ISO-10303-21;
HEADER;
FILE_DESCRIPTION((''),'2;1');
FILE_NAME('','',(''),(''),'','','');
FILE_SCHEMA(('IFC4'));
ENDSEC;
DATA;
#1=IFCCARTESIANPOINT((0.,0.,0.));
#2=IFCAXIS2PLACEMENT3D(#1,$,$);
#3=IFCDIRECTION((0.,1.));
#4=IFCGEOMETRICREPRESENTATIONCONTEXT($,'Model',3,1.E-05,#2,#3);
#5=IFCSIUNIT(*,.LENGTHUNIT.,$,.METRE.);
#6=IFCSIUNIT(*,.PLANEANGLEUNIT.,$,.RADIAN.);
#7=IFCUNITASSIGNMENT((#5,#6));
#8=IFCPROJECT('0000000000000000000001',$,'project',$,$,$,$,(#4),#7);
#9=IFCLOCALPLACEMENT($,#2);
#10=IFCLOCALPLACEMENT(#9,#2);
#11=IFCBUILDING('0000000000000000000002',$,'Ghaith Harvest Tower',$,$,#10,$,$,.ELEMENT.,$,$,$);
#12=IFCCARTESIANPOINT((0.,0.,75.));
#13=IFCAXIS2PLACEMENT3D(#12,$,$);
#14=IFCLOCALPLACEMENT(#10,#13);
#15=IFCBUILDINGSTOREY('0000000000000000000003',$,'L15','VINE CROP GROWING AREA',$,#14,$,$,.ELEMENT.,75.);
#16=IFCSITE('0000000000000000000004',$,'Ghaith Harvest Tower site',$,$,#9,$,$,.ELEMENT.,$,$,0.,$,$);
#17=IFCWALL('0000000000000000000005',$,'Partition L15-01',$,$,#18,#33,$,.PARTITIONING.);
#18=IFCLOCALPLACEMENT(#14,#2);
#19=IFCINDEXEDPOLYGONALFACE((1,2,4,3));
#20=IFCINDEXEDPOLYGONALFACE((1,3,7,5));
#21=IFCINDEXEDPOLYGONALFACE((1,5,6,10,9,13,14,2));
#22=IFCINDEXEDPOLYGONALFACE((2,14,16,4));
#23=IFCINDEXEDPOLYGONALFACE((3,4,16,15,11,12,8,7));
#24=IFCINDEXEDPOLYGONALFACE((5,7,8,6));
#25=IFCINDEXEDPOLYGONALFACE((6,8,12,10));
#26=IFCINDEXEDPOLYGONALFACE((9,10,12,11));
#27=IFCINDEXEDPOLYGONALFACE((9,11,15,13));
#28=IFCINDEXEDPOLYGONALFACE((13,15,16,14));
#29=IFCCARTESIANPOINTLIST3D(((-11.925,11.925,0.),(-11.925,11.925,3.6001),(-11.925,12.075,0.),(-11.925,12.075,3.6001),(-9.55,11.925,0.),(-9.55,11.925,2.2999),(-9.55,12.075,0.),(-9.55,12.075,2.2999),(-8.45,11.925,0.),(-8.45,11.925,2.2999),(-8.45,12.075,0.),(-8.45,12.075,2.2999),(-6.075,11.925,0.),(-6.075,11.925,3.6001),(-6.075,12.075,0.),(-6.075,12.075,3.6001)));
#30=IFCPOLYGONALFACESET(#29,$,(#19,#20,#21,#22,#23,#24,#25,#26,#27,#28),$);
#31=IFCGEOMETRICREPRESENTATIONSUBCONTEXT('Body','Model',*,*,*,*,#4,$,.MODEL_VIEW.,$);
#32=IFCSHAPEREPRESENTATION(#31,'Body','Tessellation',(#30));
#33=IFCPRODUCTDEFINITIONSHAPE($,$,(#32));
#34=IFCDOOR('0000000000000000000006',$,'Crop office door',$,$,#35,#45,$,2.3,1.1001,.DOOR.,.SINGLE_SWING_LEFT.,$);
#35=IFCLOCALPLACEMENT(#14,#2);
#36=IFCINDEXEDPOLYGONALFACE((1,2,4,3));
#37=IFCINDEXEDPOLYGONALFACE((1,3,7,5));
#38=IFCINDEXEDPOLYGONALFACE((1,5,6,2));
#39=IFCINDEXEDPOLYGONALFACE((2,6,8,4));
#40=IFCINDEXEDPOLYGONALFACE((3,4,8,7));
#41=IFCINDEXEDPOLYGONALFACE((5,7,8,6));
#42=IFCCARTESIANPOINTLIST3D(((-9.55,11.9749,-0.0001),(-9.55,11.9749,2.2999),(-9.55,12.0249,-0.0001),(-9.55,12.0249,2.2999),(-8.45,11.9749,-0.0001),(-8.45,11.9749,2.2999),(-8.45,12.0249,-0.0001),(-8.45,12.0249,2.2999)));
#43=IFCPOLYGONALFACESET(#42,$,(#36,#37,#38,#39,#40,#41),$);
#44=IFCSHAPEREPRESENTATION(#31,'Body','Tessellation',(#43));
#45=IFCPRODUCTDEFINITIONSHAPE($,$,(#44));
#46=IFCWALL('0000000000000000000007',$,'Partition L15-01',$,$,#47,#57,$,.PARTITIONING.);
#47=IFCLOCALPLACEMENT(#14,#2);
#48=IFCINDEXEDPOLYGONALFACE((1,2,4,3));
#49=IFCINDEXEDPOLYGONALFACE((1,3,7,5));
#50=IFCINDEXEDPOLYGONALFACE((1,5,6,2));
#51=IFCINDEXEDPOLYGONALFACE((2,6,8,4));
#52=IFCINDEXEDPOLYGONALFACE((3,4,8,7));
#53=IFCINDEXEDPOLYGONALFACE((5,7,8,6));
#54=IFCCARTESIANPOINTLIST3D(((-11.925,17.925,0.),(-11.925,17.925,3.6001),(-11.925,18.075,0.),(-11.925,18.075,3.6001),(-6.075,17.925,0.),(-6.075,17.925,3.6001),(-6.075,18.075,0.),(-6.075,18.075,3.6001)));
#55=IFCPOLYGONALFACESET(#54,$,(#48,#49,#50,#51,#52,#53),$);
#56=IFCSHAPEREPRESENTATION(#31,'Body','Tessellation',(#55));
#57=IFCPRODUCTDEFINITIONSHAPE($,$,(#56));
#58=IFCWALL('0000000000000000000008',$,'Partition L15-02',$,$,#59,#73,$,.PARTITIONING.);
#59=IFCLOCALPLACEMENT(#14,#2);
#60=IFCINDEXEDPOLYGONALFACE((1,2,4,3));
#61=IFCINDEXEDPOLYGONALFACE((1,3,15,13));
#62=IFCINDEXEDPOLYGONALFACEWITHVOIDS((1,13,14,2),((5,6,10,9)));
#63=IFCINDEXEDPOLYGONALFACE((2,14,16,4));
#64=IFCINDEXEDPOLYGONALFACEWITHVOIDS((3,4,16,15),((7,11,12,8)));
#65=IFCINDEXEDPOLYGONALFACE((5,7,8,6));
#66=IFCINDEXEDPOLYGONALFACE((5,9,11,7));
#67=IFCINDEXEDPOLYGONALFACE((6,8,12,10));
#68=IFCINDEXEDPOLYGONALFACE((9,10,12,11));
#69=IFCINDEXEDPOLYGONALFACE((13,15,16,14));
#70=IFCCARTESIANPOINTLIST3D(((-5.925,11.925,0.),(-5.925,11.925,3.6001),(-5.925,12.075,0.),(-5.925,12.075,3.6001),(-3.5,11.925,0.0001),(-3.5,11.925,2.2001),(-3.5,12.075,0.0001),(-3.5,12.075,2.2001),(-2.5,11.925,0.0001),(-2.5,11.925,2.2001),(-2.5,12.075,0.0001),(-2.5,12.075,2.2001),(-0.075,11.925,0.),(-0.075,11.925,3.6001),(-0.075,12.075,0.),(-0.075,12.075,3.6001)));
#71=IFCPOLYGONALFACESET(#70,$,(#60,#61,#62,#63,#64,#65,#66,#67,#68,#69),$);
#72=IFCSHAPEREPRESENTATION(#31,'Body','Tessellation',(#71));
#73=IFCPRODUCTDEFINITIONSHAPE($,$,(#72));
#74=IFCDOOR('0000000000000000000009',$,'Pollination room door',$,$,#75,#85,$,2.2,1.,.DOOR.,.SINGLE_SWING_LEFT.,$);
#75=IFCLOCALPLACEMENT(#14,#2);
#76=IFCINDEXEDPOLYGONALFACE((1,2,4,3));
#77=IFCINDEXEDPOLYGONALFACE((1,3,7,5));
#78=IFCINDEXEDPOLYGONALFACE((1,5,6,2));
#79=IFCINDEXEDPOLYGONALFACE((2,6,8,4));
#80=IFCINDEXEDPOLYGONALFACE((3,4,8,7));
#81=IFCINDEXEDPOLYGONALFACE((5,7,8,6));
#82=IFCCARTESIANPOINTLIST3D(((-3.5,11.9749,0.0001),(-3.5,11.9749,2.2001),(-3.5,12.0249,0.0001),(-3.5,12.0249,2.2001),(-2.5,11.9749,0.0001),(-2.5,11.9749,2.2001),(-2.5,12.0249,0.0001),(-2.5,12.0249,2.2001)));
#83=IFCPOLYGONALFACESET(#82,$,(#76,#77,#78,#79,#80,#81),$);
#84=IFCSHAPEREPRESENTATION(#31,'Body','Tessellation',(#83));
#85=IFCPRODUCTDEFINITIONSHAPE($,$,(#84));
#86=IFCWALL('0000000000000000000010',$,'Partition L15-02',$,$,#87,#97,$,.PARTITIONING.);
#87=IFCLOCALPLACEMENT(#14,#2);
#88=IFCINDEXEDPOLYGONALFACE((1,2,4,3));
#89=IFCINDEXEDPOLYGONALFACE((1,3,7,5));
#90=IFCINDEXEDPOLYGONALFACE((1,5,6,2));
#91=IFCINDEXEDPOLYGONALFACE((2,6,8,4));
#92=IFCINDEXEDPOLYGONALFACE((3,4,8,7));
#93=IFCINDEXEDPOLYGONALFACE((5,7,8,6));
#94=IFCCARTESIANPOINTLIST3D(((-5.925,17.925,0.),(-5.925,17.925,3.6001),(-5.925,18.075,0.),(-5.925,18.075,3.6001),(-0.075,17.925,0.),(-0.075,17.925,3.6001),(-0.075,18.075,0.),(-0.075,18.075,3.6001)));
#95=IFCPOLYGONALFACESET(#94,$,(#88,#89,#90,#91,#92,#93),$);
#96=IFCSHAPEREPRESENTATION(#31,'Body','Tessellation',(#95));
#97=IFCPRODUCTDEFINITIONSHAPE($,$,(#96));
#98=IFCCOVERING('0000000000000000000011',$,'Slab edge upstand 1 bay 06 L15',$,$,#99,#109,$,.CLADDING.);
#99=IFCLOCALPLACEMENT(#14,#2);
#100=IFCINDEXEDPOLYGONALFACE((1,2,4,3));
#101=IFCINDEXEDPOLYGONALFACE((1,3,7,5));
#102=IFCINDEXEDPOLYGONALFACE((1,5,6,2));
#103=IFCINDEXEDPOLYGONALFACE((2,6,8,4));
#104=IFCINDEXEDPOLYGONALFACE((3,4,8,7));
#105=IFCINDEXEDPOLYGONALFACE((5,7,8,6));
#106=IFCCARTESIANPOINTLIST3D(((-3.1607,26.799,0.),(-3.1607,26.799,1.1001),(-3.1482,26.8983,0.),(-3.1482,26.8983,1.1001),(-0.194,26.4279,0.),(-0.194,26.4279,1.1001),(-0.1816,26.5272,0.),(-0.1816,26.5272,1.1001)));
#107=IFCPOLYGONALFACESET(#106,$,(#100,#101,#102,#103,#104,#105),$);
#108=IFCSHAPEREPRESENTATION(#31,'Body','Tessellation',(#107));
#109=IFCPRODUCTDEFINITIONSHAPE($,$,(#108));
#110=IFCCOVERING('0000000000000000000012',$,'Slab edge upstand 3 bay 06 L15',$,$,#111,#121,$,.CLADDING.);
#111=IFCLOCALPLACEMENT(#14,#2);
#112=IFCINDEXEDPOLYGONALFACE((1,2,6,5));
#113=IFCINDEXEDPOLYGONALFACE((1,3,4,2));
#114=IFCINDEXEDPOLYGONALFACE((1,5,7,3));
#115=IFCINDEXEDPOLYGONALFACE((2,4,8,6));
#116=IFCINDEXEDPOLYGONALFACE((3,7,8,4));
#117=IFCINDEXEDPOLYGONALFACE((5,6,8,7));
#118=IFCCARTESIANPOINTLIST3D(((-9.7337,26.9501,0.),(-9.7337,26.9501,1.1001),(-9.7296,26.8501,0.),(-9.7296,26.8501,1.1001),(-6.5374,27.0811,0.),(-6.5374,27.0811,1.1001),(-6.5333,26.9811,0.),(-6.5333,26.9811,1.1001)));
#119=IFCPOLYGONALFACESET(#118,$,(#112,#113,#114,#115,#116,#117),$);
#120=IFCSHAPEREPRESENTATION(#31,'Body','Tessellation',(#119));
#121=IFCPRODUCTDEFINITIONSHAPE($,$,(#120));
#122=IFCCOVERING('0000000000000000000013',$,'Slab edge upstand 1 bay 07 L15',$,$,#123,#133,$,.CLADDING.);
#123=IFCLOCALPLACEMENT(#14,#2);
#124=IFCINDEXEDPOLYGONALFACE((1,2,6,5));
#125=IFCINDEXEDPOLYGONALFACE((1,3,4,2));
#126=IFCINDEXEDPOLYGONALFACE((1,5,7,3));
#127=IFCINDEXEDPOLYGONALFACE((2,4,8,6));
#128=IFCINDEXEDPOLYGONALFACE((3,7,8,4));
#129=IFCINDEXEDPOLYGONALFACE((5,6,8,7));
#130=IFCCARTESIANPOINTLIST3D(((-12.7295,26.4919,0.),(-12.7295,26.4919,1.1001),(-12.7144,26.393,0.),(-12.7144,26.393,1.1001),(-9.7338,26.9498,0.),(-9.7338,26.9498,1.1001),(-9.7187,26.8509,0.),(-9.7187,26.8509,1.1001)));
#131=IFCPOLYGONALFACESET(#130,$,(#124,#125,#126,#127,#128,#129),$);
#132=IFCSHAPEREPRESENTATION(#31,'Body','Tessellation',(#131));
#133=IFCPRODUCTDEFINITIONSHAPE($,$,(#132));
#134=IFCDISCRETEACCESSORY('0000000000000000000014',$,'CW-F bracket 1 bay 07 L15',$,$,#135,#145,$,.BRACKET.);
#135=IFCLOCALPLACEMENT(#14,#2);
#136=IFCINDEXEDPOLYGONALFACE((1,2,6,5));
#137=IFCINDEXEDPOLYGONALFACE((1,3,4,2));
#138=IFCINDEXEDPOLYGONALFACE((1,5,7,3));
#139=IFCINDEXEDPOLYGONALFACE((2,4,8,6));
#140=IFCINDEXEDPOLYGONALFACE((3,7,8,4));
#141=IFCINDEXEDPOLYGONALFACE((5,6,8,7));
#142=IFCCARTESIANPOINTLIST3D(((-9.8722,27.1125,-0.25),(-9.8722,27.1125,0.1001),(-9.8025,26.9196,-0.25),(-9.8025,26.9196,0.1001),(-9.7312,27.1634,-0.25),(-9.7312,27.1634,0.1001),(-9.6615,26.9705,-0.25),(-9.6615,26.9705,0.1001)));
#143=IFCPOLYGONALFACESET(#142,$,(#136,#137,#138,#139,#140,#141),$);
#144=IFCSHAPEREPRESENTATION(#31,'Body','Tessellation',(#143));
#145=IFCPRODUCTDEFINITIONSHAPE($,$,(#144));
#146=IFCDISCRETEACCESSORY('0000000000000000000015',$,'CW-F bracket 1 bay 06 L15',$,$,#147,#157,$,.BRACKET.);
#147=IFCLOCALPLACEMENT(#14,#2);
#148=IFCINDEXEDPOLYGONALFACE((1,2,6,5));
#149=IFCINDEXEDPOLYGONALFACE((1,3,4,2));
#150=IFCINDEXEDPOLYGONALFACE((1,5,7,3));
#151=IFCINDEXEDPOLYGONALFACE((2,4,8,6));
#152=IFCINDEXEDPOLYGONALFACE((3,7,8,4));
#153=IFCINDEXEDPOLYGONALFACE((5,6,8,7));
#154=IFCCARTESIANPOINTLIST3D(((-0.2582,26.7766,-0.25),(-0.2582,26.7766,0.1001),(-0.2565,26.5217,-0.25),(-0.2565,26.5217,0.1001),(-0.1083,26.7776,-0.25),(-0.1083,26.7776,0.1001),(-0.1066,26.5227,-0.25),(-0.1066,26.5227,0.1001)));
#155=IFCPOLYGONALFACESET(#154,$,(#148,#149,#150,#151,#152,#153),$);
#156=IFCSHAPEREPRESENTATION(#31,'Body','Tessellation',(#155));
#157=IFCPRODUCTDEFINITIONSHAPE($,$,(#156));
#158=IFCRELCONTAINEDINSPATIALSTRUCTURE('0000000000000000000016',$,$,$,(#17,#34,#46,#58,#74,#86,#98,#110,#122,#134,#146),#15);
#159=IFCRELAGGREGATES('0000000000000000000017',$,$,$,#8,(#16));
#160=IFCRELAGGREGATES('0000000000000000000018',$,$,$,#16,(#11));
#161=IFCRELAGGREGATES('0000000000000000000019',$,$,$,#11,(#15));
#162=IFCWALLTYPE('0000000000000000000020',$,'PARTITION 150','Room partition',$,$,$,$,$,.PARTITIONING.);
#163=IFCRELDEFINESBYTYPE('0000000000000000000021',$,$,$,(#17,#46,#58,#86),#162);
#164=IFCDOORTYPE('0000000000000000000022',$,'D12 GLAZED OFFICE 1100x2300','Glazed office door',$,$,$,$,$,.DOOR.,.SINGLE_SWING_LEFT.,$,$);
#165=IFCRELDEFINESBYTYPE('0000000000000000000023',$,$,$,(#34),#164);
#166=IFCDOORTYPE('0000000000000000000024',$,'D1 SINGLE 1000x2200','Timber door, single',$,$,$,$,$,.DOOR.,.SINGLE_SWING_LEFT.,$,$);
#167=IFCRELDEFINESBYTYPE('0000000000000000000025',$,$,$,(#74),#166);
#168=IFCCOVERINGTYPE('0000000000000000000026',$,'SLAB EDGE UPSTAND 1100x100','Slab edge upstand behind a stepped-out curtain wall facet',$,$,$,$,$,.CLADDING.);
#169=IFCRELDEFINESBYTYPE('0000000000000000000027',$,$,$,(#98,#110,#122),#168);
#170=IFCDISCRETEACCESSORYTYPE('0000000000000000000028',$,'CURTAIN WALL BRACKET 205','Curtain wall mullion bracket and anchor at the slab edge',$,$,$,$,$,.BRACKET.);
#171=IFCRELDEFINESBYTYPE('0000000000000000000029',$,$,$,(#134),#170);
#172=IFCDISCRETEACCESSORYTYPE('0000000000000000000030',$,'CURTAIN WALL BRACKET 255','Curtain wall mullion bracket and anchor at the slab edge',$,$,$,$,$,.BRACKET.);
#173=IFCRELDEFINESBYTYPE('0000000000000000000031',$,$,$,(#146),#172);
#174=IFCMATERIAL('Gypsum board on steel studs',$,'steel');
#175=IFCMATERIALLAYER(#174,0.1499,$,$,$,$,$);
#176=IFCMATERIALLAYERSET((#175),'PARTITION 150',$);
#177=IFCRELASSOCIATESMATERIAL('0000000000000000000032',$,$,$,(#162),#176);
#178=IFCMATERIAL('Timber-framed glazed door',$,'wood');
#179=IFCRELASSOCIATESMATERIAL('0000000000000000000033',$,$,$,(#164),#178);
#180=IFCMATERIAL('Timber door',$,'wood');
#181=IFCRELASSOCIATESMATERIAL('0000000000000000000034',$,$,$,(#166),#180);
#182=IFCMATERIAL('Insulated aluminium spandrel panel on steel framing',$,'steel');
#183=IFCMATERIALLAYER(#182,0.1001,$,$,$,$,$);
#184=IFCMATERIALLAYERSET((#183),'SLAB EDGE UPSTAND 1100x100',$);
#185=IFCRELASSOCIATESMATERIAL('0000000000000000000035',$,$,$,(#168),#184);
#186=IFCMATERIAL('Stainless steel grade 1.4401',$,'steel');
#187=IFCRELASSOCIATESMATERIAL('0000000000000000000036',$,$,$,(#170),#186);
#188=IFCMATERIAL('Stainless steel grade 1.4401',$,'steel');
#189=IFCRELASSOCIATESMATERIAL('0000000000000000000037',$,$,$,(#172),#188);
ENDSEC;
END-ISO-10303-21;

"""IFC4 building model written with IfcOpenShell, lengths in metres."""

from ifc_helpers import new_model, si_unit, direction, frame, frame_2d, origin, origin_2d, place, context, subcontext, project, spatial, rectangle, extrude, material, layer, layer_set, type_object, element, fill, save


model = new_model("IFC4")

# Units and contexts
model_context = context("Model", 3, precision=1e-05, world=origin(), true_north=direction((0.0, 1.0)))
body_context = subcontext(model_context, "Body", "Model", "MODEL_VIEW")
ifc_project = project(units=[si_unit("LENGTHUNIT", "METRE"), si_unit("PLANEANGLEUNIT", "RADIAN")], contexts=[model_context])

# Site, building, storey
site_placement = place(None, origin())
site = spatial("IfcSite", under=ifc_project, at=site_placement, Name="Ghaith Harvest Tower site", CompositionType="ELEMENT", RefElevation=0.0)
building_placement = place(site_placement, origin())
building = spatial("IfcBuilding", under=site, at=building_placement, Name="Ghaith Harvest Tower", CompositionType="ELEMENT")
storey_placement = place(building_placement, frame((0.0, 0.0, 75.0)))
storey = spatial("IfcBuildingStorey", under=building, at=storey_placement, Name="L15", Description="VINE CROP GROWING AREA", CompositionType="ELEMENT", Elevation=75.0)

# Shared definitions
ifc_material_1 = material(Name="Gypsum board on steel studs", Category="steel")
ifc_layer_1 = layer(ifc_material_1, 0.1499)
ifc_layer_set_1 = layer_set([ifc_layer_1], Name="PARTITION 150")
wall_type = type_object("IfcWallType", Name="PARTITION 150", Description="Room partition", PredefinedType="PARTITIONING", material=ifc_layer_set_1)

# Wall, opening, door
wall_1_placement = place(storey_placement, frame((-11.925, 12.0, 0.0), z_axis=(0.0, 0.0, 1.0), x_axis=(1.0, 0.0, 0.0)))
wall_1 = element("IfcWall", 1, at=wall_1_placement, inside=storey, type_object=wall_type, Name="Partition L15-01", PredefinedType="PARTITIONING", context=body_context, shape_type="SweptSolid", body=[
    extrude(rectangle(XDim=5.8501, YDim=0.1499, at=frame_2d((2.925, 0.0))), origin(), (0.0, 0.0, 1.0), 3.6001),
])
opening_1_placement = place(wall_1_placement, frame((2.375, 0.0, 0.0)))
opening_1 = element("IfcOpeningElement", 2, at=opening_1_placement, cuts=wall_1, PredefinedType="OPENING", context=body_context, shape_type="SweptSolid", body=[
    extrude(rectangle(XDim=1.1001, YDim=2.3, at=frame_2d((0.55, 1.1499))), frame((0.0, 0.085, 0.0), z_axis=(0.0, -1.0, 0.0), x_axis=(1.0, 0.0, 0.0)), (0.0, 0.0, 1.0), 0.1699),
])
ifc_material_2 = material(Name="Timber-framed glazed door", Category="wood")
door_type_1 = type_object("IfcDoorType", Name="D12 GLAZED OFFICE 1100x2300", Description="Glazed office door", OperationType="SINGLE_SWING_LEFT", PredefinedType="DOOR", material=ifc_material_2)
door_1_placement = place(opening_1_placement, origin())
door_1 = element("IfcDoor", 3, at=door_1_placement, inside=storey, type_object=door_type_1, Name="Crop office door", OperationType="SINGLE_SWING_LEFT", OverallHeight=2.3, OverallWidth=1.1001, PredefinedType="DOOR", context=body_context, shape_type="SweptSolid", body=[
    extrude(rectangle(XDim=1.1001, YDim=2.3, at=frame_2d((0.55, 1.1499))), frame((0.0, 0.0249, 0.0), z_axis=(0.0, -1.0, 0.0), x_axis=(1.0, 0.0, 0.0)), (0.0, 0.0, 1.0), 0.05),
])
fill(opening_1, door_1)

# Wall
wall_2_placement = place(storey_placement, frame((-11.925, 18.0, 0.0), z_axis=(0.0, 0.0, 1.0), x_axis=(1.0, 0.0, 0.0)))
element("IfcWall", 4, at=wall_2_placement, inside=storey, type_object=wall_type, Name="Partition L15-01", PredefinedType="PARTITIONING", context=body_context, shape_type="SweptSolid", body=[
    extrude(rectangle(XDim=5.8501, YDim=0.1499, at=frame_2d((2.925, 0.0))), origin(), (0.0, 0.0, 1.0), 3.6001),
])

# Wall, opening, door
wall_3_placement = place(storey_placement, frame((-5.925, 12.0, 0.0), z_axis=(0.0, 0.0, 1.0), x_axis=(1.0, 0.0, 0.0)))
wall_3 = element("IfcWall", 5, at=wall_3_placement, inside=storey, type_object=wall_type, Name="Partition L15-02", PredefinedType="PARTITIONING", context=body_context, shape_type="SweptSolid", body=[
    extrude(rectangle(XDim=5.8501, YDim=0.1499, at=frame_2d((2.925, 0.0))), origin(), (0.0, 0.0, 1.0), 3.6001),
])
opening_2_placement = place(wall_3_placement, frame((2.425, 0.0, 0.0)))
opening_2 = element("IfcOpeningElement", 6, at=opening_2_placement, cuts=wall_3, PredefinedType="OPENING", context=body_context, shape_type="SweptSolid", body=[
    extrude(rectangle(XDim=1.0, YDim=2.2, at=frame_2d((0.5, 1.1001))), frame((0.0, 0.085, 0.0), z_axis=(0.0, -1.0, 0.0), x_axis=(1.0, 0.0, 0.0)), (0.0, 0.0, 1.0), 0.1699),
])
ifc_material_3 = material(Name="Timber door", Category="wood")
door_type_2 = type_object("IfcDoorType", Name="D1 SINGLE 1000x2200", Description="Timber door, single", OperationType="SINGLE_SWING_LEFT", PredefinedType="DOOR", material=ifc_material_3)
door_2_placement = place(opening_2_placement, origin())
door_2 = element("IfcDoor", 7, at=door_2_placement, inside=storey, type_object=door_type_2, Name="Pollination room door", OperationType="SINGLE_SWING_LEFT", OverallHeight=2.2, OverallWidth=1.0, PredefinedType="DOOR", context=body_context, shape_type="SweptSolid", body=[
    extrude(rectangle(XDim=1.0, YDim=2.2, at=frame_2d((0.5, 1.1001))), frame((0.0, 0.0249, 0.0), z_axis=(0.0, -1.0, 0.0), x_axis=(1.0, 0.0, 0.0)), (0.0, 0.0, 1.0), 0.05),
])
fill(opening_2, door_2)

# Wall
wall_4_placement = place(storey_placement, frame((-5.925, 18.0, 0.0), z_axis=(0.0, 0.0, 1.0), x_axis=(1.0, 0.0, 0.0)))
element("IfcWall", 8, at=wall_4_placement, inside=storey, type_object=wall_type, Name="Partition L15-02", PredefinedType="PARTITIONING", context=body_context, shape_type="SweptSolid", body=[
    extrude(rectangle(XDim=5.8501, YDim=0.1499, at=frame_2d((2.925, 0.0))), origin(), (0.0, 0.0, 1.0), 3.6001),
])

# Coverings
ifc_material_4 = material(Name="Insulated aluminium spandrel panel on steel framing", Category="steel")
ifc_layer_2 = layer(ifc_material_4, 0.1001)
ifc_layer_set_2 = layer_set([ifc_layer_2], Name="SLAB EDGE UPSTAND 1100x100")
covering_type = type_object("IfcCoveringType", Name="SLAB EDGE UPSTAND 1100x100", Description="Slab edge upstand behind a stepped-out curtain wall facet", PredefinedType="CLADDING", material=ifc_layer_set_2)
covering_1_placement = place(storey_placement, frame((-1.6711, 26.6631, 0.0), z_axis=(0.0, 0.0, 1.0), x_axis=(-0.992265, 0.124139, 0.0)))
element("IfcCovering", 9, at=covering_1_placement, inside=storey, type_object=covering_type, Name="Slab edge upstand 1 bay 06 L15", PredefinedType="CLADDING", context=body_context, shape_type="SweptSolid", body=[
    extrude(rectangle(XDim=2.9897, YDim=0.1001, at=origin_2d()), origin(), (0.0, 0.0, 1.0), 1.1001),
])
covering_2_placement = place(storey_placement, frame((-8.1335, 26.9656, 0.0), z_axis=(0.0, 0.0, 1.0), x_axis=(-0.999161, -0.040957, 0.0)))
element("IfcCovering", 10, at=covering_2_placement, inside=storey, type_object=covering_type, Name="Slab edge upstand 3 bay 06 L15", PredefinedType="CLADDING", context=body_context, shape_type="SweptSolid", body=[
    extrude(rectangle(XDim=3.199, YDim=0.1001, at=origin_2d()), origin(), (0.0, 0.0, 1.0), 1.1001),
])
covering_3_placement = place(storey_placement, frame((-11.2241, 26.6714, 0.0), z_axis=(0.0, 0.0, 1.0), x_axis=(-0.988518, -0.151104, 0.0)))
element("IfcCovering", 11, at=covering_3_placement, inside=storey, type_object=covering_type, Name="Slab edge upstand 1 bay 07 L15", PredefinedType="CLADDING", context=body_context, shape_type="SweptSolid", body=[
    extrude(rectangle(XDim=3.0305, YDim=0.1001, at=origin_2d()), origin(), (0.0, 0.0, 1.0), 1.1001),
])

# Discrete accessories
ifc_material_5 = material(Name="Stainless steel grade 1.4401", Category="steel")
discrete_accessory_type_1 = type_object("IfcDiscreteAccessoryType", Name="CURTAIN WALL BRACKET 205", Description="Curtain wall mullion bracket and anchor at the slab edge", PredefinedType="BRACKET", material=ifc_material_5)
discrete_accessory_1_placement = place(storey_placement, frame((-9.7668, 27.0415, -0.25), z_axis=(0.0, 0.0, 1.0), x_axis=(-0.339699, 0.940534, 0.0)))
element("IfcDiscreteAccessory", 12, at=discrete_accessory_1_placement, inside=storey, type_object=discrete_accessory_type_1, Name="CW-F bracket 1 bay 07 L15", PredefinedType="BRACKET", context=body_context, shape_type="SweptSolid", body=[
    extrude(rectangle(XDim=0.2051, YDim=0.1499, at=origin_2d()), origin(), (0.0, 0.0, 1.0), 0.3501),
])
ifc_material_6 = material(Name="Stainless steel grade 1.4401", Category="steel")
discrete_accessory_type_2 = type_object("IfcDiscreteAccessoryType", Name="CURTAIN WALL BRACKET 255", Description="Curtain wall mullion bracket and anchor at the slab edge", PredefinedType="BRACKET", material=ifc_material_6)
discrete_accessory_2_placement = place(storey_placement, frame((-0.1824, 26.6497, -0.25), z_axis=(0.0, 0.0, 1.0), x_axis=(-0.006844, 0.999977, 0.0)))
element("IfcDiscreteAccessory", 13, at=discrete_accessory_2_placement, inside=storey, type_object=discrete_accessory_type_2, Name="CW-F bracket 1 bay 06 L15", PredefinedType="BRACKET", context=body_context, shape_type="SweptSolid", body=[
    extrude(rectangle(XDim=0.2549, YDim=0.1499, at=origin_2d()), origin(), (0.0, 0.0, 1.0), 0.3501),
])

save(model, "model.ifc")
